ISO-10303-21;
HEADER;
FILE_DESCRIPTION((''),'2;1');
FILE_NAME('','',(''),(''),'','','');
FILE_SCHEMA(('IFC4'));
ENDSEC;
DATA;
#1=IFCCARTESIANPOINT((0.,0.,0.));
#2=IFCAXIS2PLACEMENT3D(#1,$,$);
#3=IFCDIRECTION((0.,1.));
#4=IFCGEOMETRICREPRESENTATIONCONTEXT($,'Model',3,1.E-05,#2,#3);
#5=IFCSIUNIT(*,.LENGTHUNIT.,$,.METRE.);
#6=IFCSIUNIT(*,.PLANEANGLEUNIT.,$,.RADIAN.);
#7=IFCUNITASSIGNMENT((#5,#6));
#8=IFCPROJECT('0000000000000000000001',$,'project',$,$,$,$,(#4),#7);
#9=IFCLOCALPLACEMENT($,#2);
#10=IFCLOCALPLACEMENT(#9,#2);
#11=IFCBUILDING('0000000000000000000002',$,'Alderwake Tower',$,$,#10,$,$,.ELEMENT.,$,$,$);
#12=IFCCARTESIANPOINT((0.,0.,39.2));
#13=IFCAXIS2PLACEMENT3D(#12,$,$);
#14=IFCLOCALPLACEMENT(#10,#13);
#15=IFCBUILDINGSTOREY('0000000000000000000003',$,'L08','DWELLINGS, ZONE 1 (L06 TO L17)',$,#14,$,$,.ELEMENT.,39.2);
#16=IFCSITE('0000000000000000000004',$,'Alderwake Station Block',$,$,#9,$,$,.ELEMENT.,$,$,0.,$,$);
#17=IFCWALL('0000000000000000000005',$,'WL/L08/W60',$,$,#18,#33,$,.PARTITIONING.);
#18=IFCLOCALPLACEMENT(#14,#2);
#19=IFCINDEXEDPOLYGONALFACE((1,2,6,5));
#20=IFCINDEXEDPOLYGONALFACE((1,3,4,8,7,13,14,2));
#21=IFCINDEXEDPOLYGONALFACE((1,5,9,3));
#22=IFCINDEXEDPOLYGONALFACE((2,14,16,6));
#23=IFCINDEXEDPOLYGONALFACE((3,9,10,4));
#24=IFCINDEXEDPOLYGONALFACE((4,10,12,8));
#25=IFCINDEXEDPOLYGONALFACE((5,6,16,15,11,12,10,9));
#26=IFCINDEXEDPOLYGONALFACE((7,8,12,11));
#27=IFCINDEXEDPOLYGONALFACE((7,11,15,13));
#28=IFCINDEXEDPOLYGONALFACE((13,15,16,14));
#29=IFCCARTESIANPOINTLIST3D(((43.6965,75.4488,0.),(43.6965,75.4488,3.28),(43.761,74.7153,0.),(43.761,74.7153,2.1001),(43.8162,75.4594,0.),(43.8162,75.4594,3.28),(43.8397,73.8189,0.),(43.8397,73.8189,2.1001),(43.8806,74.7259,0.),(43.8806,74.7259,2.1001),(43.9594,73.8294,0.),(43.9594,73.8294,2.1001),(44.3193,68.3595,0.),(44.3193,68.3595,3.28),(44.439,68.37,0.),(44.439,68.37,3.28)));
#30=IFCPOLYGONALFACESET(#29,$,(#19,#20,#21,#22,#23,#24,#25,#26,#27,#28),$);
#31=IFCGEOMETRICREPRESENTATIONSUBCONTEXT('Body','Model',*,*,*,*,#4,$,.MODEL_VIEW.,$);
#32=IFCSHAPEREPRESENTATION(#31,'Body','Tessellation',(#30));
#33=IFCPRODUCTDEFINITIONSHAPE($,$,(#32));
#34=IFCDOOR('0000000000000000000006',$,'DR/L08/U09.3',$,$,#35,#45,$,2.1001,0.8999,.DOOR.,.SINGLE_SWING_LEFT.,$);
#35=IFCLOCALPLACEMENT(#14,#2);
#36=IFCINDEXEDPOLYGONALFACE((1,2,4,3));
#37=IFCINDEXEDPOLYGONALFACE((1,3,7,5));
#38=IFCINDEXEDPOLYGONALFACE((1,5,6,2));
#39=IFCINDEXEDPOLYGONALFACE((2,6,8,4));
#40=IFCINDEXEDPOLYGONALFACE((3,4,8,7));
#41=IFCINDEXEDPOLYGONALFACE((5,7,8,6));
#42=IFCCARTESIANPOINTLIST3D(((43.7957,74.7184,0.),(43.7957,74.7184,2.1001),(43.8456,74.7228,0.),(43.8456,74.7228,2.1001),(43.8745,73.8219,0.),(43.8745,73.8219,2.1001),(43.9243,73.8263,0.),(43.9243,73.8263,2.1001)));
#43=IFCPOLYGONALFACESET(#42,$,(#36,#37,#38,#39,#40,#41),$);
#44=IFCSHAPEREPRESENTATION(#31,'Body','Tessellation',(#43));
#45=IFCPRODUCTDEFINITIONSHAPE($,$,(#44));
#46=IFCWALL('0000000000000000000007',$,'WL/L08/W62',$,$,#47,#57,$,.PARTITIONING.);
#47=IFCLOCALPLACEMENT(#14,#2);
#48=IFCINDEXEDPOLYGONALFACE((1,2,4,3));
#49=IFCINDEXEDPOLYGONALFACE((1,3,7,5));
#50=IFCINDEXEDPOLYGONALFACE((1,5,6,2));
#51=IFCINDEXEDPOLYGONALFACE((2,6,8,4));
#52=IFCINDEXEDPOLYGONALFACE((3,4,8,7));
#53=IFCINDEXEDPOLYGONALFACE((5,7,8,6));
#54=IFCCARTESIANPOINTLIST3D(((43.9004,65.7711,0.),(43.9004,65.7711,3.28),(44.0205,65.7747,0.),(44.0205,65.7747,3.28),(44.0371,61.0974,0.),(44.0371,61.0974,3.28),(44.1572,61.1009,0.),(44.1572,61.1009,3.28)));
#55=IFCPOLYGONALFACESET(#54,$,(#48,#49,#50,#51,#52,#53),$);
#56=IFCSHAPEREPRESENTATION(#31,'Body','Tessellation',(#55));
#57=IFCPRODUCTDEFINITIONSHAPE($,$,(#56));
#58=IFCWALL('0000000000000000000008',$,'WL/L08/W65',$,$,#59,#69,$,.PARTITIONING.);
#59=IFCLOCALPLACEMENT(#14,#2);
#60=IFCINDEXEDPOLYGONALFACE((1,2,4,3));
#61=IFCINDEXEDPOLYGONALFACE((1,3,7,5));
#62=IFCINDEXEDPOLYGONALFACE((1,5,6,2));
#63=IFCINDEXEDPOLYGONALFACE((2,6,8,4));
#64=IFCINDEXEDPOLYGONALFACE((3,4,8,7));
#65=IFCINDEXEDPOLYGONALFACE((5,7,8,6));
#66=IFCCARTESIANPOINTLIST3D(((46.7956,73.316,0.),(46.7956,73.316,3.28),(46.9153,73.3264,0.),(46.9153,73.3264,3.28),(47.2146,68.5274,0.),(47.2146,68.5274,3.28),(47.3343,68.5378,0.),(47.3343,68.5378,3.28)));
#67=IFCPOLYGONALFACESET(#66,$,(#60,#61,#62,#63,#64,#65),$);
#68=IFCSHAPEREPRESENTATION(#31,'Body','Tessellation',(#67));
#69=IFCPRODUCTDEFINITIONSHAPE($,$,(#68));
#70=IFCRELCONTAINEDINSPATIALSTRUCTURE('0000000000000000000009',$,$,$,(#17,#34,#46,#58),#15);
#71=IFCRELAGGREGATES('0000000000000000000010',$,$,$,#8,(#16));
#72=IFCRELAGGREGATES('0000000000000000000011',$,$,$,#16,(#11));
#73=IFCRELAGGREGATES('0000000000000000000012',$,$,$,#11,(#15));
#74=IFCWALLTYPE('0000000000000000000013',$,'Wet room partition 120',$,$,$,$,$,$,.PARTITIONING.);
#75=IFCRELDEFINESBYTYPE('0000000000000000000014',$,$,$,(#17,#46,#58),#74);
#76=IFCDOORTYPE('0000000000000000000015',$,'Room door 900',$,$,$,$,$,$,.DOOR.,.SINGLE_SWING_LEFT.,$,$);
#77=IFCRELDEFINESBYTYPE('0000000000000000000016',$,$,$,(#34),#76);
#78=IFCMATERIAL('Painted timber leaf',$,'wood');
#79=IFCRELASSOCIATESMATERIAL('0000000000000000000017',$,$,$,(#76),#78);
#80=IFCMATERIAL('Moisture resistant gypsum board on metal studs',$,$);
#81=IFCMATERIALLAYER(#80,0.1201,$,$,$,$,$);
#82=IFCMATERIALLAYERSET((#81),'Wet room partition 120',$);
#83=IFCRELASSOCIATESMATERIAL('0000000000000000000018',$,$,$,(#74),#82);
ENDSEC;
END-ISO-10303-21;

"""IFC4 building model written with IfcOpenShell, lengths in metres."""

from ifc_helpers import new_model, si_unit, direction, frame, frame_2d, origin, place, context, subcontext, project, spatial, rectangle, extrude, material, layer, layer_set, type_object, element, fill, save


model = new_model("IFC4")

# Units and contexts
model_context = context("Model", 3, precision=1e-05, world=origin(), true_north=direction((0.0, 1.0)))
body_context = subcontext(model_context, "Body", "Model", "MODEL_VIEW")
ifc_project = project(units=[si_unit("LENGTHUNIT", "METRE"), si_unit("PLANEANGLEUNIT", "RADIAN")], contexts=[model_context])

# Site, building, storey
site_placement = place(None, origin())
site = spatial("IfcSite", under=ifc_project, at=site_placement, Name="Alderwake Station Block", CompositionType="ELEMENT", RefElevation=0.0)
building_placement = place(site_placement, origin())
building = spatial("IfcBuilding", under=site, at=building_placement, Name="Alderwake Tower", CompositionType="ELEMENT")
storey_placement = place(building_placement, frame((0.0, 0.0, 39.2)))
storey = spatial("IfcBuildingStorey", under=building, at=storey_placement, Name="L08", Description="DWELLINGS, ZONE 1 (L06 TO L17)", CompositionType="ELEMENT", Elevation=39.2)

# Shared definitions
ifc_material_1 = material(Name="Painted timber leaf", Category="wood")
door_type_1 = type_object("IfcDoorType", Name="Room door 900", OperationType="SINGLE_SWING_LEFT", PredefinedType="DOOR", material=ifc_material_1)

# Shared definitions
ifc_material_2 = material(Name="Moisture resistant gypsum board on metal studs")
ifc_layer_1 = layer(ifc_material_2, 0.1201)
ifc_layer_set_1 = layer_set([ifc_layer_1], Name="Wet room partition 120")
wall_type_1 = type_object("IfcWallType", Name="Wet room partition 120", PredefinedType="PARTITIONING", material=ifc_layer_set_1)

# Wall, opening, door
wall_1_placement = place(storey_placement, frame((43.7563, 75.4541, 0.0), z_axis=(0.0, 0.0, 1.0), x_axis=(0.087513, -0.996163, 0.0)))
wall_1 = element("IfcWall", 1, at=wall_1_placement, inside=storey, type_object=wall_type_1, Name="WL/L08/W60", PredefinedType="PARTITIONING", context=body_context, shape_type="SweptSolid", body=[
    extrude(rectangle(XDim=7.1167, YDim=0.1201, at=frame_2d((3.5583, 0.0))), origin(), (0.0, 0.0, 1.0), 3.28),
])
opening_1_placement = place(wall_1_placement, frame((0.7363, 0.0, 0.0)))
opening_1 = element("IfcOpeningElement", 2, at=opening_1_placement, cuts=wall_1, PredefinedType="OPENING", context=body_context, shape_type="SweptSolid", body=[
    extrude(rectangle(XDim=0.8999, YDim=2.1001, at=frame_2d((0.45, 1.05))), frame((0.0, 0.0701, 0.0), z_axis=(0.0, -1.0, 0.0), x_axis=(1.0, 0.0, 0.0)), (0.0, 0.0, 1.0), 0.1401),
])
door_1_placement = place(opening_1_placement, origin())
door_1 = element("IfcDoor", 3, at=door_1_placement, inside=storey, type_object=door_type_1, Name="DR/L08/U09.3", OperationType="SINGLE_SWING_LEFT", OverallHeight=2.1001, OverallWidth=0.8999, PredefinedType="DOOR", context=body_context, shape_type="SweptSolid", body=[
    extrude(rectangle(XDim=0.8999, YDim=2.1001, at=frame_2d((0.45, 1.05))), frame((0.0, 0.0249, 0.0), z_axis=(0.0, -1.0, 0.0), x_axis=(1.0, 0.0, 0.0)), (0.0, 0.0, 1.0), 0.05),
])
fill(opening_1, door_1)

# Walls
wall_2_placement = place(storey_placement, frame((44.0972, 61.0991, 0.0), z_axis=(0.0, 0.0, 1.0), x_axis=(-0.029239, 0.999572, 0.0)))
element("IfcWall", 4, at=wall_2_placement, inside=storey, type_object=wall_type_1, Name="WL/L08/W62", PredefinedType="PARTITIONING", context=body_context, shape_type="SweptSolid", body=[
    extrude(rectangle(XDim=4.6758, YDim=0.1201, at=frame_2d((2.3379, 0.0))), origin(), (0.0, 0.0, 1.0), 3.28),
])
wall_3_placement = place(storey_placement, frame((47.2744, 68.5327, 0.0), z_axis=(0.0, 0.0, 1.0), x_axis=(-0.087156, 0.996195, 0.0)))
element("IfcWall", 5, at=wall_3_placement, inside=storey, type_object=wall_type_1, Name="WL/L08/W65", PredefinedType="PARTITIONING", context=body_context, shape_type="SweptSolid", body=[
    extrude(rectangle(XDim=4.8069, YDim=0.1201, at=frame_2d((2.4033, 0.0))), origin(), (0.0, 0.0, 1.0), 3.28),
])

save(model, "model.ifc")
